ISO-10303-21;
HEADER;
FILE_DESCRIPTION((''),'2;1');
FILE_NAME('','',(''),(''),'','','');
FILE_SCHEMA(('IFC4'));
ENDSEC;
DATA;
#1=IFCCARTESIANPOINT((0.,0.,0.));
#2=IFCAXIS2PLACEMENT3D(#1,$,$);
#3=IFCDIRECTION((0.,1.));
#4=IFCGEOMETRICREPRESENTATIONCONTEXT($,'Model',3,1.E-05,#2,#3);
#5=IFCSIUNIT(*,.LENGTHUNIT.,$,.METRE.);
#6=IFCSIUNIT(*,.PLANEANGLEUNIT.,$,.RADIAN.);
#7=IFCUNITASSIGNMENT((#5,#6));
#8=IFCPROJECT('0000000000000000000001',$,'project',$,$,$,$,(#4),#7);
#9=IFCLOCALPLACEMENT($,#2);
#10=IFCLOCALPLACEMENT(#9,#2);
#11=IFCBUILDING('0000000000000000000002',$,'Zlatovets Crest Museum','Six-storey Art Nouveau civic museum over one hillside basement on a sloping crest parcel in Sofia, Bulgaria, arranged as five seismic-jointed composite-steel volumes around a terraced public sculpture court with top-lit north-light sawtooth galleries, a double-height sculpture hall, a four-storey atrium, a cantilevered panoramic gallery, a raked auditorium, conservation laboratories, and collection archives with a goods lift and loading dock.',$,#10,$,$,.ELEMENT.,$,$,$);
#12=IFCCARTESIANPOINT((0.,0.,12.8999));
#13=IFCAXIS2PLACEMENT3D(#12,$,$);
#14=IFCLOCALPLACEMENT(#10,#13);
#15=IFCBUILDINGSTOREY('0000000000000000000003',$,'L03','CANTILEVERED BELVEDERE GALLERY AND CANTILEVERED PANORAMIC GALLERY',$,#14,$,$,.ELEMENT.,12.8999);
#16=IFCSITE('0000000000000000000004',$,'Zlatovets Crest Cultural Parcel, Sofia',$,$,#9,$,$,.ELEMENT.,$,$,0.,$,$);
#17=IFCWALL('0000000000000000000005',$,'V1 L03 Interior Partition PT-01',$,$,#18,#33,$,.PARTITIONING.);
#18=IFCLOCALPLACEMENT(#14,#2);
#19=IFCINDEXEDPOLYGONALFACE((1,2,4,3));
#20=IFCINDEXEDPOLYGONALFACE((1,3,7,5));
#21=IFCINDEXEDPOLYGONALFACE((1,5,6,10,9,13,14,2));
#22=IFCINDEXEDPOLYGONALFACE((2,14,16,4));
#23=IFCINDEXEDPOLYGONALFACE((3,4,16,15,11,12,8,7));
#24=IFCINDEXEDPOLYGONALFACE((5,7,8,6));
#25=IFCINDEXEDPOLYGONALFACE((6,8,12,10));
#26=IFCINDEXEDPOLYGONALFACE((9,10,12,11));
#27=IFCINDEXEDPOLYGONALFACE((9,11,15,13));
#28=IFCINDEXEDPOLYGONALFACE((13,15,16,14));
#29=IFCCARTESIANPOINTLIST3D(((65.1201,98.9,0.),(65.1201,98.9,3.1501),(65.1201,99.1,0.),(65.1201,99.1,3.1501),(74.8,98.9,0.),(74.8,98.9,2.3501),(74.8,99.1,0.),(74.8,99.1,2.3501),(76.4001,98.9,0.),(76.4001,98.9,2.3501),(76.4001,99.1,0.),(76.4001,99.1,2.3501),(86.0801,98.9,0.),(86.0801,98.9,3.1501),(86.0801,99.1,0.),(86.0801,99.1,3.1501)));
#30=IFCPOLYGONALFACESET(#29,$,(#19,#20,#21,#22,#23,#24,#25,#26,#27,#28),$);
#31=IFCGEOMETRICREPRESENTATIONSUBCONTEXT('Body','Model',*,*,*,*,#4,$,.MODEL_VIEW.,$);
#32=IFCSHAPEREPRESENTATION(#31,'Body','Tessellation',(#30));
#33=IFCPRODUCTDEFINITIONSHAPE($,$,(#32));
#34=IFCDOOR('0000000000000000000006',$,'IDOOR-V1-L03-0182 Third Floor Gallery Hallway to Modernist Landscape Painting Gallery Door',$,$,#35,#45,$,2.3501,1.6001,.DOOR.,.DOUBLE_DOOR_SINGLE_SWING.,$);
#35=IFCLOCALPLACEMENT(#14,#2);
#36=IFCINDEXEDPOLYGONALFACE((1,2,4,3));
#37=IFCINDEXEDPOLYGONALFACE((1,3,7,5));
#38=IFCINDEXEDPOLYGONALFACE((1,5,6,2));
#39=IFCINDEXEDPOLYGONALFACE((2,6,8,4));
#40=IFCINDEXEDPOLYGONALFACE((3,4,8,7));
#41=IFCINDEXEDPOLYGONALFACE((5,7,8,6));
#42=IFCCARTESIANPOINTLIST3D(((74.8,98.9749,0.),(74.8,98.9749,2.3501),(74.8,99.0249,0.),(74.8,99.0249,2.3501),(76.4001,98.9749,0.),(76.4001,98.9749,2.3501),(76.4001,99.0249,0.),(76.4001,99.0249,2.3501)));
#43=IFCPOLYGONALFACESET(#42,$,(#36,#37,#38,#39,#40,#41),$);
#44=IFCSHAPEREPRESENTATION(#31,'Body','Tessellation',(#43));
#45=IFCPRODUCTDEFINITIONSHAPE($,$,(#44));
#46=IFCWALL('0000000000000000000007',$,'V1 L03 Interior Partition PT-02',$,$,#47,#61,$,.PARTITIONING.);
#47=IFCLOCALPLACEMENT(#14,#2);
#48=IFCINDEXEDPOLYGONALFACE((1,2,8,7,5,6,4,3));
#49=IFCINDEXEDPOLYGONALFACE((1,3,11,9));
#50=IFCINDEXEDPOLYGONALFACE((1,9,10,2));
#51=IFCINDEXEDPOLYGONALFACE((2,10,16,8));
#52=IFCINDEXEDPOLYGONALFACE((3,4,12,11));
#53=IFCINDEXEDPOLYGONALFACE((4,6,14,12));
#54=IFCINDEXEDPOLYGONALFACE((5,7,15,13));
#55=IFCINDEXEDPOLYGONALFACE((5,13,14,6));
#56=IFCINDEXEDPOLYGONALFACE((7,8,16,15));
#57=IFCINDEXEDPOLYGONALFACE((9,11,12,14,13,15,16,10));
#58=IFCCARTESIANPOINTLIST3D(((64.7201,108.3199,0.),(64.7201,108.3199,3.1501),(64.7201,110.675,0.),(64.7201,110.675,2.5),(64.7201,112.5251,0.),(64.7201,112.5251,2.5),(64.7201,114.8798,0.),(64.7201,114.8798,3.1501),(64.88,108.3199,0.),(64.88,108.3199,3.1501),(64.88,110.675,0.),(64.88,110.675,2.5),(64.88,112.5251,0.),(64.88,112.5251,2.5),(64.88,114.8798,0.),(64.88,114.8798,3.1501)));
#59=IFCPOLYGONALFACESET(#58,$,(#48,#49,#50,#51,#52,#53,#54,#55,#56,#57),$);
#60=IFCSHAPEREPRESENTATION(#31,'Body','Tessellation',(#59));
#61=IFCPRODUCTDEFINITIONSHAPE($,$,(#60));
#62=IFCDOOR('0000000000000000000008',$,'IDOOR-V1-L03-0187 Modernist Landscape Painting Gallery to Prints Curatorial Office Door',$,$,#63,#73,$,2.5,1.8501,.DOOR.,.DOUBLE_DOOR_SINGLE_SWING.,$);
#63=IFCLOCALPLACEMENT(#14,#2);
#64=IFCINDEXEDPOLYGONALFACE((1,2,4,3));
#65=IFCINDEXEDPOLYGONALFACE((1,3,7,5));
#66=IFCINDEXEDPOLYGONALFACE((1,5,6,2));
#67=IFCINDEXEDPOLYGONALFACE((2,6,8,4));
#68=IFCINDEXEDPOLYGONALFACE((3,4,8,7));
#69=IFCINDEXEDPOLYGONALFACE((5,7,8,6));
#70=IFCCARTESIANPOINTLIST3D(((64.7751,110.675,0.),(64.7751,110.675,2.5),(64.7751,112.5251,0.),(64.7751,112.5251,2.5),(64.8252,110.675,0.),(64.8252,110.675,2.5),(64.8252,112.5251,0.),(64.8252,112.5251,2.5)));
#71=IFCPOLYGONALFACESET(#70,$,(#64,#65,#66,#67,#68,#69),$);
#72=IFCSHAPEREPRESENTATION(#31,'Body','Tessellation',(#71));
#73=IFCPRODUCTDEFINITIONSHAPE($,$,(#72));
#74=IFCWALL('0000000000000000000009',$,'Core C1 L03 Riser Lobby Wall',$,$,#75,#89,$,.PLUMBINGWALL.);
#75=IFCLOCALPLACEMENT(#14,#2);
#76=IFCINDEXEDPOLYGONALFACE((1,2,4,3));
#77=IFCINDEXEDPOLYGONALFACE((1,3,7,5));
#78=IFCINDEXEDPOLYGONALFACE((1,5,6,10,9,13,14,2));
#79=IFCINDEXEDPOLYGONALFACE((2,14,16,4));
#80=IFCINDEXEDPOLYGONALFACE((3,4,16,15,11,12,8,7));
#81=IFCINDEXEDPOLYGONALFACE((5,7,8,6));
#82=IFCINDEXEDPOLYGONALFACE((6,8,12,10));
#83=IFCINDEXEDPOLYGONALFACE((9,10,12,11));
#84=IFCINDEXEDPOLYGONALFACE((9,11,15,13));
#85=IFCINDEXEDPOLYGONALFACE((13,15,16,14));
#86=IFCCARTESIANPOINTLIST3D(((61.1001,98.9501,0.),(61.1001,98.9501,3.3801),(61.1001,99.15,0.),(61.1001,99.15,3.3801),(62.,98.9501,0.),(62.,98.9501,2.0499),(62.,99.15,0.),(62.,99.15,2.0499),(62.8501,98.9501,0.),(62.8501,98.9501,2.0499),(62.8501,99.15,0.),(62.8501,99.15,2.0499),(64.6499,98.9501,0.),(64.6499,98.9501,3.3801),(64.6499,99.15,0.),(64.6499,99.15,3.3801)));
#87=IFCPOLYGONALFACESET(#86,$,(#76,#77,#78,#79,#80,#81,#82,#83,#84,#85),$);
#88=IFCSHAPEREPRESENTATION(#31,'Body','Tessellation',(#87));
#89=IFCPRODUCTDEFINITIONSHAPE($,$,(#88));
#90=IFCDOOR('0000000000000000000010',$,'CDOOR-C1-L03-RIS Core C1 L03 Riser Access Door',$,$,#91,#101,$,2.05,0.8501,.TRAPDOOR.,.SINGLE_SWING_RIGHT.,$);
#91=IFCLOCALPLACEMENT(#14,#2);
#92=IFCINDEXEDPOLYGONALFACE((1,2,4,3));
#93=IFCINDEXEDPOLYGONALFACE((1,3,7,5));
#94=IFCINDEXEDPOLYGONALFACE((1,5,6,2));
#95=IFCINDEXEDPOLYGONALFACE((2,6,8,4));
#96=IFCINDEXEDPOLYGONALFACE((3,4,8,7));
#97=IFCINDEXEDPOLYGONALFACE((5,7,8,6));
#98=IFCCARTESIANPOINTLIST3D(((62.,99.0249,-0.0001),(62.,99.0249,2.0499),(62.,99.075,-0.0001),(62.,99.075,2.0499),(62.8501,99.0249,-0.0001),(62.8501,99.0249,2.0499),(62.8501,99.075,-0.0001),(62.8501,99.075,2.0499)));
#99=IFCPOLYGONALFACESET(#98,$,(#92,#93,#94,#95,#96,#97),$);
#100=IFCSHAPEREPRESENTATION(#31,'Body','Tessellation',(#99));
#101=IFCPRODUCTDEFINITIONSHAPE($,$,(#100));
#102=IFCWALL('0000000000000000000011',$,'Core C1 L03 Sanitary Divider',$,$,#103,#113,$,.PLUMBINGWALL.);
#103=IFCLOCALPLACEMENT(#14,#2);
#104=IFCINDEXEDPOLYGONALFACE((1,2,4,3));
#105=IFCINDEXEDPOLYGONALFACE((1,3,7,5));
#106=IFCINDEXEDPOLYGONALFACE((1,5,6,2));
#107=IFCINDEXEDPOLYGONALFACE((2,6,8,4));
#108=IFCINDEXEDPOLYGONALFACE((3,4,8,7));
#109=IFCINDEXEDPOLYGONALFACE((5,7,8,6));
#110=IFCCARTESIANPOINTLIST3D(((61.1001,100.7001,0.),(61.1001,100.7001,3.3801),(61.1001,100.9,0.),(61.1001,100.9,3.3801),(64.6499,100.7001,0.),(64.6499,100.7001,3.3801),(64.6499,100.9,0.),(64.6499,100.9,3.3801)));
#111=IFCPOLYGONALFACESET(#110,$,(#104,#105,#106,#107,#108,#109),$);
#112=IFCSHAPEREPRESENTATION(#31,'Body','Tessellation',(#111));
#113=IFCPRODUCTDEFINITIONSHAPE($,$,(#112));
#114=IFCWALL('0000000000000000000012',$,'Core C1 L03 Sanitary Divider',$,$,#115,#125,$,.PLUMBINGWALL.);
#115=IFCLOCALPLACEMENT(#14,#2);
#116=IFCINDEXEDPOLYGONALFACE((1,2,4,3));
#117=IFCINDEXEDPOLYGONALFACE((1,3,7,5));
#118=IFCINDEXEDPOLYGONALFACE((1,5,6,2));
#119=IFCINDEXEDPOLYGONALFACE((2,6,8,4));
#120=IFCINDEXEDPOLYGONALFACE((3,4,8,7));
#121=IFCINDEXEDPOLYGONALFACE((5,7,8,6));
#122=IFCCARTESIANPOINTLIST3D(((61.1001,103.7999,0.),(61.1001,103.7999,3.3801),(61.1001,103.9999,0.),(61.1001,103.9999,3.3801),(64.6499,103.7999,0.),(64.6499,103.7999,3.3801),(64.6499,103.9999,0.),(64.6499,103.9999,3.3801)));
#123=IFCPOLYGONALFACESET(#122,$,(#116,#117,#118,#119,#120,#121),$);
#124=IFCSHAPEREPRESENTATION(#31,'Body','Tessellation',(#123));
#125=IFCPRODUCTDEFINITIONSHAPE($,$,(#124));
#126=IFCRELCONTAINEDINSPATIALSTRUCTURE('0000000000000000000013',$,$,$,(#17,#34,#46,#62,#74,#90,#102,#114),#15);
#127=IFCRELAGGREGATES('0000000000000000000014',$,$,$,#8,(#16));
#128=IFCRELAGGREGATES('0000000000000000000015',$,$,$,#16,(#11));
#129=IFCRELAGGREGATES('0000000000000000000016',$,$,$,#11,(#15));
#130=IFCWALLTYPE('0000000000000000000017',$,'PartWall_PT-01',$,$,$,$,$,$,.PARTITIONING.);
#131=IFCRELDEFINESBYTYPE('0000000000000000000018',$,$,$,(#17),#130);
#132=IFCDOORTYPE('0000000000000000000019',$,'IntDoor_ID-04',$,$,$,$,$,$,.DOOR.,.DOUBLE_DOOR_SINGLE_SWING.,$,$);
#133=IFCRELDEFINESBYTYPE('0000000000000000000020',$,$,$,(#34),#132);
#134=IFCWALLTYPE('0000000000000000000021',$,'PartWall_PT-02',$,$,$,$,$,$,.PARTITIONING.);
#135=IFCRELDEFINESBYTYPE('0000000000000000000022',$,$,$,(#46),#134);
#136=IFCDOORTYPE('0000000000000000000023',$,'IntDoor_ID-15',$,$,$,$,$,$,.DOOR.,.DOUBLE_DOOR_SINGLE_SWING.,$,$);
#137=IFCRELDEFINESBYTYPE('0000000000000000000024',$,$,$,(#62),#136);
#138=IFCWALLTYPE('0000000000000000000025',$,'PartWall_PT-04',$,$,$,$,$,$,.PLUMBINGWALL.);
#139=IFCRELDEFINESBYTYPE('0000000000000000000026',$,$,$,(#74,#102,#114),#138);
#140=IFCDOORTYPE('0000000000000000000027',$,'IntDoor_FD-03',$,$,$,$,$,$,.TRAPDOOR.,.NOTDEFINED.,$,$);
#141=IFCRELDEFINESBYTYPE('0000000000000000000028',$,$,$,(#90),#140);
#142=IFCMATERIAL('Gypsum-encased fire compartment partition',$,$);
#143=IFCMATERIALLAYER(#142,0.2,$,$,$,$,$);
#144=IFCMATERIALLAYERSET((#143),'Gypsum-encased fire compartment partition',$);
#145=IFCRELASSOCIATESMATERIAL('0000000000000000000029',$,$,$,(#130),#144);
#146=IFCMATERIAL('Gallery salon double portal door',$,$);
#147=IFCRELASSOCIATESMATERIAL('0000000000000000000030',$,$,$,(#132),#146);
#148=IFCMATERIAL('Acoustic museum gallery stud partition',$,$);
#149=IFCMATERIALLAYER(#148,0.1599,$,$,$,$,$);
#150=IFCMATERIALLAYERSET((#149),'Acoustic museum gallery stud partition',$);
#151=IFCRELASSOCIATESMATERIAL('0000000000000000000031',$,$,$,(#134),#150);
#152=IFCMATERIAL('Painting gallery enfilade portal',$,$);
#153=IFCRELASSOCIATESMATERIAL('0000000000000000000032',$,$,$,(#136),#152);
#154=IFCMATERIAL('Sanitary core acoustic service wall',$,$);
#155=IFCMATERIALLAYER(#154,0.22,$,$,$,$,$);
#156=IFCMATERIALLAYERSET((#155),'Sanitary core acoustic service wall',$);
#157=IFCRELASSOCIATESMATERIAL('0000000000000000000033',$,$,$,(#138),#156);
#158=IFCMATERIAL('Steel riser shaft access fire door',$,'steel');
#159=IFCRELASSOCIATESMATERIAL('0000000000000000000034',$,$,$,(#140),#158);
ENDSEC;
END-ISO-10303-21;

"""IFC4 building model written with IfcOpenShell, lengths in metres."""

from ifc_helpers import new_model, si_unit, direction, frame, frame_2d, origin, place, context, subcontext, project, spatial, rectangle, extrude, material, layer, layer_set, type_object, element, fill, save


model = new_model("IFC4")

# Units and contexts
model_context = context("Model", 3, precision=1e-05, world=origin(), true_north=direction((0.0, 1.0)))
body_context = subcontext(model_context, "Body", "Model", "MODEL_VIEW")
ifc_project = project(units=[si_unit("LENGTHUNIT", "METRE"), si_unit("PLANEANGLEUNIT", "RADIAN")], contexts=[model_context])

# Site, building, storey
site_placement = place(None, origin())
site = spatial("IfcSite", under=ifc_project, at=site_placement, Name="Zlatovets Crest Cultural Parcel, Sofia", CompositionType="ELEMENT", RefElevation=0.0)
building_placement = place(site_placement, origin())
building = spatial("IfcBuilding", under=site, at=building_placement, Name="Zlatovets Crest Museum", Description="Six-storey Art Nouveau civic museum over one hillside basement on a sloping crest parcel in Sofia, Bulgaria, arranged as five seismic-jointed composite-steel volumes around a terraced public sculpture court with top-lit north-light sawtooth galleries, a double-height sculpture hall, a four-storey atrium, a cantilevered panoramic gallery, a raked auditorium, conservation laboratories, and collection archives with a goods lift and loading dock.", CompositionType="ELEMENT")
storey_placement = place(building_placement, frame((0.0, 0.0, 12.8999)))
storey = spatial("IfcBuildingStorey", under=building, at=storey_placement, Name="L03", Description="CANTILEVERED BELVEDERE GALLERY AND CANTILEVERED PANORAMIC GALLERY", CompositionType="ELEMENT", Elevation=12.8999)

# Walls, openings, doors
ifc_material_1 = material(Name="Gypsum-encased fire compartment partition")
ifc_layer_1 = layer(ifc_material_1, 0.2)
ifc_layer_set_1 = layer_set([ifc_layer_1], Name="Gypsum-encased fire compartment partition")
wall_type_1 = type_object("IfcWallType", Name="PartWall_PT-01", PredefinedType="PARTITIONING", material=ifc_layer_set_1)
wall_1_placement = place(storey_placement, frame((65.1201, 99.0, 0.0), z_axis=(0.0, 0.0, 1.0), x_axis=(1.0, 0.0, 0.0)))
wall_1 = element("IfcWall", 1, at=wall_1_placement, inside=storey, type_object=wall_type_1, Name="V1 L03 Interior Partition PT-01", PredefinedType="PARTITIONING", context=body_context, shape_type="SweptSolid", body=[
    extrude(rectangle(XDim=20.96, YDim=0.2, at=frame_2d((10.48, 0.0))), origin(), (0.0, 0.0, 1.0), 3.1501),
])
opening_1_placement = place(wall_1_placement, frame((9.6799, 0.0, 0.0)))
opening_1 = element("IfcOpeningElement", 2, at=opening_1_placement, cuts=wall_1, PredefinedType="OPENING", context=body_context, shape_type="SweptSolid", body=[
    extrude(rectangle(XDim=1.6001, YDim=2.3501, at=frame_2d((0.8, 1.175))), frame((0.0, 0.1099, 0.0), z_axis=(0.0, -1.0, 0.0), x_axis=(1.0, 0.0, 0.0)), (0.0, 0.0, 1.0), 0.22),
])
ifc_material_2 = material(Name="Gallery salon double portal door")
door_type_1 = type_object("IfcDoorType", Name="IntDoor_ID-04", OperationType="DOUBLE_DOOR_SINGLE_SWING", PredefinedType="DOOR", material=ifc_material_2)
door_1_placement = place(opening_1_placement, origin())
door_1 = element("IfcDoor", 3, at=door_1_placement, inside=storey, type_object=door_type_1, Name="IDOOR-V1-L03-0182 Third Floor Gallery Hallway to Modernist Landscape Painting Gallery Door", OperationType="DOUBLE_DOOR_SINGLE_SWING", OverallHeight=2.3501, OverallWidth=1.6001, PredefinedType="DOOR", context=body_context, shape_type="SweptSolid", body=[
    extrude(rectangle(XDim=1.6001, YDim=2.3501, at=frame_2d((0.8, 1.175))), frame((0.0, 0.0249, 0.0), z_axis=(0.0, -1.0, 0.0), x_axis=(1.0, 0.0, 0.0)), (0.0, 0.0, 1.0), 0.05),
])
fill(opening_1, door_1)
ifc_material_3 = material(Name="Acoustic museum gallery stud partition")
ifc_layer_2 = layer(ifc_material_3, 0.1599)
ifc_layer_set_2 = layer_set([ifc_layer_2], Name="Acoustic museum gallery stud partition")
wall_type_2 = type_object("IfcWallType", Name="PartWall_PT-02", PredefinedType="PARTITIONING", material=ifc_layer_set_2)
wall_2_placement = place(storey_placement, frame((64.8, 108.3201, 0.0), z_axis=(0.0, 0.0, 1.0), x_axis=(0.0, 1.0, 0.0)))
wall_2 = element("IfcWall", 4, at=wall_2_placement, inside=storey, type_object=wall_type_2, Name="V1 L03 Interior Partition PT-02", PredefinedType="PARTITIONING", context=body_context, shape_type="SweptSolid", body=[
    extrude(rectangle(XDim=6.5598, YDim=0.1599, at=frame_2d((3.2798, 0.0))), origin(), (0.0, 0.0, 1.0), 3.1501),
])
opening_2_placement = place(wall_2_placement, frame((2.355, 0.0, 0.0)))
opening_2 = element("IfcOpeningElement", 5, at=opening_2_placement, cuts=wall_2, PredefinedType="OPENING", context=body_context, shape_type="SweptSolid", body=[
    extrude(rectangle(XDim=1.8501, YDim=2.5, at=frame_2d((0.925, 1.25))), frame((0.0, 0.0898, 0.0), z_axis=(0.0, -1.0, 0.0), x_axis=(1.0, 0.0, 0.0)), (0.0, 0.0, 1.0), 0.1799),
])
ifc_material_4 = material(Name="Painting gallery enfilade portal")
door_type_2 = type_object("IfcDoorType", Name="IntDoor_ID-15", OperationType="DOUBLE_DOOR_SINGLE_SWING", PredefinedType="DOOR", material=ifc_material_4)
door_2_placement = place(opening_2_placement, origin())
door_2 = element("IfcDoor", 6, at=door_2_placement, inside=storey, type_object=door_type_2, Name="IDOOR-V1-L03-0187 Modernist Landscape Painting Gallery to Prints Curatorial Office Door", OperationType="DOUBLE_DOOR_SINGLE_SWING", OverallHeight=2.5, OverallWidth=1.8501, PredefinedType="DOOR", context=body_context, shape_type="SweptSolid", body=[
    extrude(rectangle(XDim=1.8501, YDim=2.5, at=frame_2d((0.925, 1.25))), frame((0.0, 0.0249, 0.0), z_axis=(0.0, -1.0, 0.0), x_axis=(1.0, 0.0, 0.0)), (0.0, 0.0, 1.0), 0.05),
])
fill(opening_2, door_2)
ifc_material_5 = material(Name="Sanitary core acoustic service wall")
ifc_layer_3 = layer(ifc_material_5, 0.22)
ifc_layer_set_3 = layer_set([ifc_layer_3], Name="Sanitary core acoustic service wall")
wall_type_3 = type_object("IfcWallType", Name="PartWall_PT-04", PredefinedType="PLUMBINGWALL", material=ifc_layer_set_3)
wall_3_placement = place(storey_placement, frame((61.1001, 99.05, 0.0), z_axis=(0.0, 0.0, 1.0), x_axis=(1.0, 0.0, 0.0)))
wall_3 = element("IfcWall", 7, at=wall_3_placement, inside=storey, type_object=wall_type_3, Name="Core C1 L03 Riser Lobby Wall", PredefinedType="PLUMBINGWALL", context=body_context, shape_type="SweptSolid", body=[
    extrude(rectangle(XDim=3.5498, YDim=0.2, at=frame_2d((1.7749, 0.0))), origin(), (0.0, 0.0, 1.0), 3.3801),
])
opening_3_placement = place(wall_3_placement, frame((0.8999, 0.0, 0.0)))
opening_3 = element("IfcOpeningElement", 8, at=opening_3_placement, cuts=wall_3, PredefinedType="OPENING", context=body_context, shape_type="SweptSolid", body=[
    extrude(rectangle(XDim=0.8501, YDim=2.05, at=frame_2d((0.425, 1.0249))), frame((0.0, 0.1099, 0.0), z_axis=(0.0, -1.0, 0.0), x_axis=(1.0, 0.0, 0.0)), (0.0, 0.0, 1.0), 0.22),
])
ifc_material_6 = material(Name="Steel riser shaft access fire door", Category="steel")
door_type_3 = type_object("IfcDoorType", Name="IntDoor_FD-03", OperationType="NOTDEFINED", PredefinedType="TRAPDOOR", material=ifc_material_6)
door_3_placement = place(opening_3_placement, origin())
door_3 = element("IfcDoor", 9, at=door_3_placement, inside=storey, type_object=door_type_3, Name="CDOOR-C1-L03-RIS Core C1 L03 Riser Access Door", OperationType="SINGLE_SWING_RIGHT", OverallHeight=2.05, OverallWidth=0.8501, PredefinedType="TRAPDOOR", context=body_context, shape_type="SweptSolid", body=[
    extrude(rectangle(XDim=0.8501, YDim=2.05, at=frame_2d((0.425, 1.0249))), frame((0.0, 0.0249, 0.0), z_axis=(0.0, -1.0, 0.0), x_axis=(1.0, 0.0, 0.0)), (0.0, 0.0, 1.0), 0.05),
])
fill(opening_3, door_3)

# Walls
for number, where, z_axis, x_axis, name in (
    (10, (61.1001, 100.8, 0.0), (0.0, 0.0, 1.0), (1.0, 0.0, 0.0), "Core C1 L03 Sanitary Divider"),
    (11, (61.1001, 103.8999, 0.0), (0.0, 0.0, 1.0), (1.0, 0.0, 0.0), "Core C1 L03 Sanitary Divider"),
):
    element("IfcWall", number, at=place(storey_placement, frame(where, z_axis=z_axis, x_axis=x_axis)), inside=storey, type_object=wall_type_3, Name=name, PredefinedType="PLUMBINGWALL", context=body_context, shape_type="SweptSolid", body=[
        extrude(rectangle(XDim=3.5498, YDim=0.2, at=frame_2d((1.7749, 0.0))), origin(), (0.0, 0.0, 1.0), 3.3801),
    ])

save(model, "model.ifc")
